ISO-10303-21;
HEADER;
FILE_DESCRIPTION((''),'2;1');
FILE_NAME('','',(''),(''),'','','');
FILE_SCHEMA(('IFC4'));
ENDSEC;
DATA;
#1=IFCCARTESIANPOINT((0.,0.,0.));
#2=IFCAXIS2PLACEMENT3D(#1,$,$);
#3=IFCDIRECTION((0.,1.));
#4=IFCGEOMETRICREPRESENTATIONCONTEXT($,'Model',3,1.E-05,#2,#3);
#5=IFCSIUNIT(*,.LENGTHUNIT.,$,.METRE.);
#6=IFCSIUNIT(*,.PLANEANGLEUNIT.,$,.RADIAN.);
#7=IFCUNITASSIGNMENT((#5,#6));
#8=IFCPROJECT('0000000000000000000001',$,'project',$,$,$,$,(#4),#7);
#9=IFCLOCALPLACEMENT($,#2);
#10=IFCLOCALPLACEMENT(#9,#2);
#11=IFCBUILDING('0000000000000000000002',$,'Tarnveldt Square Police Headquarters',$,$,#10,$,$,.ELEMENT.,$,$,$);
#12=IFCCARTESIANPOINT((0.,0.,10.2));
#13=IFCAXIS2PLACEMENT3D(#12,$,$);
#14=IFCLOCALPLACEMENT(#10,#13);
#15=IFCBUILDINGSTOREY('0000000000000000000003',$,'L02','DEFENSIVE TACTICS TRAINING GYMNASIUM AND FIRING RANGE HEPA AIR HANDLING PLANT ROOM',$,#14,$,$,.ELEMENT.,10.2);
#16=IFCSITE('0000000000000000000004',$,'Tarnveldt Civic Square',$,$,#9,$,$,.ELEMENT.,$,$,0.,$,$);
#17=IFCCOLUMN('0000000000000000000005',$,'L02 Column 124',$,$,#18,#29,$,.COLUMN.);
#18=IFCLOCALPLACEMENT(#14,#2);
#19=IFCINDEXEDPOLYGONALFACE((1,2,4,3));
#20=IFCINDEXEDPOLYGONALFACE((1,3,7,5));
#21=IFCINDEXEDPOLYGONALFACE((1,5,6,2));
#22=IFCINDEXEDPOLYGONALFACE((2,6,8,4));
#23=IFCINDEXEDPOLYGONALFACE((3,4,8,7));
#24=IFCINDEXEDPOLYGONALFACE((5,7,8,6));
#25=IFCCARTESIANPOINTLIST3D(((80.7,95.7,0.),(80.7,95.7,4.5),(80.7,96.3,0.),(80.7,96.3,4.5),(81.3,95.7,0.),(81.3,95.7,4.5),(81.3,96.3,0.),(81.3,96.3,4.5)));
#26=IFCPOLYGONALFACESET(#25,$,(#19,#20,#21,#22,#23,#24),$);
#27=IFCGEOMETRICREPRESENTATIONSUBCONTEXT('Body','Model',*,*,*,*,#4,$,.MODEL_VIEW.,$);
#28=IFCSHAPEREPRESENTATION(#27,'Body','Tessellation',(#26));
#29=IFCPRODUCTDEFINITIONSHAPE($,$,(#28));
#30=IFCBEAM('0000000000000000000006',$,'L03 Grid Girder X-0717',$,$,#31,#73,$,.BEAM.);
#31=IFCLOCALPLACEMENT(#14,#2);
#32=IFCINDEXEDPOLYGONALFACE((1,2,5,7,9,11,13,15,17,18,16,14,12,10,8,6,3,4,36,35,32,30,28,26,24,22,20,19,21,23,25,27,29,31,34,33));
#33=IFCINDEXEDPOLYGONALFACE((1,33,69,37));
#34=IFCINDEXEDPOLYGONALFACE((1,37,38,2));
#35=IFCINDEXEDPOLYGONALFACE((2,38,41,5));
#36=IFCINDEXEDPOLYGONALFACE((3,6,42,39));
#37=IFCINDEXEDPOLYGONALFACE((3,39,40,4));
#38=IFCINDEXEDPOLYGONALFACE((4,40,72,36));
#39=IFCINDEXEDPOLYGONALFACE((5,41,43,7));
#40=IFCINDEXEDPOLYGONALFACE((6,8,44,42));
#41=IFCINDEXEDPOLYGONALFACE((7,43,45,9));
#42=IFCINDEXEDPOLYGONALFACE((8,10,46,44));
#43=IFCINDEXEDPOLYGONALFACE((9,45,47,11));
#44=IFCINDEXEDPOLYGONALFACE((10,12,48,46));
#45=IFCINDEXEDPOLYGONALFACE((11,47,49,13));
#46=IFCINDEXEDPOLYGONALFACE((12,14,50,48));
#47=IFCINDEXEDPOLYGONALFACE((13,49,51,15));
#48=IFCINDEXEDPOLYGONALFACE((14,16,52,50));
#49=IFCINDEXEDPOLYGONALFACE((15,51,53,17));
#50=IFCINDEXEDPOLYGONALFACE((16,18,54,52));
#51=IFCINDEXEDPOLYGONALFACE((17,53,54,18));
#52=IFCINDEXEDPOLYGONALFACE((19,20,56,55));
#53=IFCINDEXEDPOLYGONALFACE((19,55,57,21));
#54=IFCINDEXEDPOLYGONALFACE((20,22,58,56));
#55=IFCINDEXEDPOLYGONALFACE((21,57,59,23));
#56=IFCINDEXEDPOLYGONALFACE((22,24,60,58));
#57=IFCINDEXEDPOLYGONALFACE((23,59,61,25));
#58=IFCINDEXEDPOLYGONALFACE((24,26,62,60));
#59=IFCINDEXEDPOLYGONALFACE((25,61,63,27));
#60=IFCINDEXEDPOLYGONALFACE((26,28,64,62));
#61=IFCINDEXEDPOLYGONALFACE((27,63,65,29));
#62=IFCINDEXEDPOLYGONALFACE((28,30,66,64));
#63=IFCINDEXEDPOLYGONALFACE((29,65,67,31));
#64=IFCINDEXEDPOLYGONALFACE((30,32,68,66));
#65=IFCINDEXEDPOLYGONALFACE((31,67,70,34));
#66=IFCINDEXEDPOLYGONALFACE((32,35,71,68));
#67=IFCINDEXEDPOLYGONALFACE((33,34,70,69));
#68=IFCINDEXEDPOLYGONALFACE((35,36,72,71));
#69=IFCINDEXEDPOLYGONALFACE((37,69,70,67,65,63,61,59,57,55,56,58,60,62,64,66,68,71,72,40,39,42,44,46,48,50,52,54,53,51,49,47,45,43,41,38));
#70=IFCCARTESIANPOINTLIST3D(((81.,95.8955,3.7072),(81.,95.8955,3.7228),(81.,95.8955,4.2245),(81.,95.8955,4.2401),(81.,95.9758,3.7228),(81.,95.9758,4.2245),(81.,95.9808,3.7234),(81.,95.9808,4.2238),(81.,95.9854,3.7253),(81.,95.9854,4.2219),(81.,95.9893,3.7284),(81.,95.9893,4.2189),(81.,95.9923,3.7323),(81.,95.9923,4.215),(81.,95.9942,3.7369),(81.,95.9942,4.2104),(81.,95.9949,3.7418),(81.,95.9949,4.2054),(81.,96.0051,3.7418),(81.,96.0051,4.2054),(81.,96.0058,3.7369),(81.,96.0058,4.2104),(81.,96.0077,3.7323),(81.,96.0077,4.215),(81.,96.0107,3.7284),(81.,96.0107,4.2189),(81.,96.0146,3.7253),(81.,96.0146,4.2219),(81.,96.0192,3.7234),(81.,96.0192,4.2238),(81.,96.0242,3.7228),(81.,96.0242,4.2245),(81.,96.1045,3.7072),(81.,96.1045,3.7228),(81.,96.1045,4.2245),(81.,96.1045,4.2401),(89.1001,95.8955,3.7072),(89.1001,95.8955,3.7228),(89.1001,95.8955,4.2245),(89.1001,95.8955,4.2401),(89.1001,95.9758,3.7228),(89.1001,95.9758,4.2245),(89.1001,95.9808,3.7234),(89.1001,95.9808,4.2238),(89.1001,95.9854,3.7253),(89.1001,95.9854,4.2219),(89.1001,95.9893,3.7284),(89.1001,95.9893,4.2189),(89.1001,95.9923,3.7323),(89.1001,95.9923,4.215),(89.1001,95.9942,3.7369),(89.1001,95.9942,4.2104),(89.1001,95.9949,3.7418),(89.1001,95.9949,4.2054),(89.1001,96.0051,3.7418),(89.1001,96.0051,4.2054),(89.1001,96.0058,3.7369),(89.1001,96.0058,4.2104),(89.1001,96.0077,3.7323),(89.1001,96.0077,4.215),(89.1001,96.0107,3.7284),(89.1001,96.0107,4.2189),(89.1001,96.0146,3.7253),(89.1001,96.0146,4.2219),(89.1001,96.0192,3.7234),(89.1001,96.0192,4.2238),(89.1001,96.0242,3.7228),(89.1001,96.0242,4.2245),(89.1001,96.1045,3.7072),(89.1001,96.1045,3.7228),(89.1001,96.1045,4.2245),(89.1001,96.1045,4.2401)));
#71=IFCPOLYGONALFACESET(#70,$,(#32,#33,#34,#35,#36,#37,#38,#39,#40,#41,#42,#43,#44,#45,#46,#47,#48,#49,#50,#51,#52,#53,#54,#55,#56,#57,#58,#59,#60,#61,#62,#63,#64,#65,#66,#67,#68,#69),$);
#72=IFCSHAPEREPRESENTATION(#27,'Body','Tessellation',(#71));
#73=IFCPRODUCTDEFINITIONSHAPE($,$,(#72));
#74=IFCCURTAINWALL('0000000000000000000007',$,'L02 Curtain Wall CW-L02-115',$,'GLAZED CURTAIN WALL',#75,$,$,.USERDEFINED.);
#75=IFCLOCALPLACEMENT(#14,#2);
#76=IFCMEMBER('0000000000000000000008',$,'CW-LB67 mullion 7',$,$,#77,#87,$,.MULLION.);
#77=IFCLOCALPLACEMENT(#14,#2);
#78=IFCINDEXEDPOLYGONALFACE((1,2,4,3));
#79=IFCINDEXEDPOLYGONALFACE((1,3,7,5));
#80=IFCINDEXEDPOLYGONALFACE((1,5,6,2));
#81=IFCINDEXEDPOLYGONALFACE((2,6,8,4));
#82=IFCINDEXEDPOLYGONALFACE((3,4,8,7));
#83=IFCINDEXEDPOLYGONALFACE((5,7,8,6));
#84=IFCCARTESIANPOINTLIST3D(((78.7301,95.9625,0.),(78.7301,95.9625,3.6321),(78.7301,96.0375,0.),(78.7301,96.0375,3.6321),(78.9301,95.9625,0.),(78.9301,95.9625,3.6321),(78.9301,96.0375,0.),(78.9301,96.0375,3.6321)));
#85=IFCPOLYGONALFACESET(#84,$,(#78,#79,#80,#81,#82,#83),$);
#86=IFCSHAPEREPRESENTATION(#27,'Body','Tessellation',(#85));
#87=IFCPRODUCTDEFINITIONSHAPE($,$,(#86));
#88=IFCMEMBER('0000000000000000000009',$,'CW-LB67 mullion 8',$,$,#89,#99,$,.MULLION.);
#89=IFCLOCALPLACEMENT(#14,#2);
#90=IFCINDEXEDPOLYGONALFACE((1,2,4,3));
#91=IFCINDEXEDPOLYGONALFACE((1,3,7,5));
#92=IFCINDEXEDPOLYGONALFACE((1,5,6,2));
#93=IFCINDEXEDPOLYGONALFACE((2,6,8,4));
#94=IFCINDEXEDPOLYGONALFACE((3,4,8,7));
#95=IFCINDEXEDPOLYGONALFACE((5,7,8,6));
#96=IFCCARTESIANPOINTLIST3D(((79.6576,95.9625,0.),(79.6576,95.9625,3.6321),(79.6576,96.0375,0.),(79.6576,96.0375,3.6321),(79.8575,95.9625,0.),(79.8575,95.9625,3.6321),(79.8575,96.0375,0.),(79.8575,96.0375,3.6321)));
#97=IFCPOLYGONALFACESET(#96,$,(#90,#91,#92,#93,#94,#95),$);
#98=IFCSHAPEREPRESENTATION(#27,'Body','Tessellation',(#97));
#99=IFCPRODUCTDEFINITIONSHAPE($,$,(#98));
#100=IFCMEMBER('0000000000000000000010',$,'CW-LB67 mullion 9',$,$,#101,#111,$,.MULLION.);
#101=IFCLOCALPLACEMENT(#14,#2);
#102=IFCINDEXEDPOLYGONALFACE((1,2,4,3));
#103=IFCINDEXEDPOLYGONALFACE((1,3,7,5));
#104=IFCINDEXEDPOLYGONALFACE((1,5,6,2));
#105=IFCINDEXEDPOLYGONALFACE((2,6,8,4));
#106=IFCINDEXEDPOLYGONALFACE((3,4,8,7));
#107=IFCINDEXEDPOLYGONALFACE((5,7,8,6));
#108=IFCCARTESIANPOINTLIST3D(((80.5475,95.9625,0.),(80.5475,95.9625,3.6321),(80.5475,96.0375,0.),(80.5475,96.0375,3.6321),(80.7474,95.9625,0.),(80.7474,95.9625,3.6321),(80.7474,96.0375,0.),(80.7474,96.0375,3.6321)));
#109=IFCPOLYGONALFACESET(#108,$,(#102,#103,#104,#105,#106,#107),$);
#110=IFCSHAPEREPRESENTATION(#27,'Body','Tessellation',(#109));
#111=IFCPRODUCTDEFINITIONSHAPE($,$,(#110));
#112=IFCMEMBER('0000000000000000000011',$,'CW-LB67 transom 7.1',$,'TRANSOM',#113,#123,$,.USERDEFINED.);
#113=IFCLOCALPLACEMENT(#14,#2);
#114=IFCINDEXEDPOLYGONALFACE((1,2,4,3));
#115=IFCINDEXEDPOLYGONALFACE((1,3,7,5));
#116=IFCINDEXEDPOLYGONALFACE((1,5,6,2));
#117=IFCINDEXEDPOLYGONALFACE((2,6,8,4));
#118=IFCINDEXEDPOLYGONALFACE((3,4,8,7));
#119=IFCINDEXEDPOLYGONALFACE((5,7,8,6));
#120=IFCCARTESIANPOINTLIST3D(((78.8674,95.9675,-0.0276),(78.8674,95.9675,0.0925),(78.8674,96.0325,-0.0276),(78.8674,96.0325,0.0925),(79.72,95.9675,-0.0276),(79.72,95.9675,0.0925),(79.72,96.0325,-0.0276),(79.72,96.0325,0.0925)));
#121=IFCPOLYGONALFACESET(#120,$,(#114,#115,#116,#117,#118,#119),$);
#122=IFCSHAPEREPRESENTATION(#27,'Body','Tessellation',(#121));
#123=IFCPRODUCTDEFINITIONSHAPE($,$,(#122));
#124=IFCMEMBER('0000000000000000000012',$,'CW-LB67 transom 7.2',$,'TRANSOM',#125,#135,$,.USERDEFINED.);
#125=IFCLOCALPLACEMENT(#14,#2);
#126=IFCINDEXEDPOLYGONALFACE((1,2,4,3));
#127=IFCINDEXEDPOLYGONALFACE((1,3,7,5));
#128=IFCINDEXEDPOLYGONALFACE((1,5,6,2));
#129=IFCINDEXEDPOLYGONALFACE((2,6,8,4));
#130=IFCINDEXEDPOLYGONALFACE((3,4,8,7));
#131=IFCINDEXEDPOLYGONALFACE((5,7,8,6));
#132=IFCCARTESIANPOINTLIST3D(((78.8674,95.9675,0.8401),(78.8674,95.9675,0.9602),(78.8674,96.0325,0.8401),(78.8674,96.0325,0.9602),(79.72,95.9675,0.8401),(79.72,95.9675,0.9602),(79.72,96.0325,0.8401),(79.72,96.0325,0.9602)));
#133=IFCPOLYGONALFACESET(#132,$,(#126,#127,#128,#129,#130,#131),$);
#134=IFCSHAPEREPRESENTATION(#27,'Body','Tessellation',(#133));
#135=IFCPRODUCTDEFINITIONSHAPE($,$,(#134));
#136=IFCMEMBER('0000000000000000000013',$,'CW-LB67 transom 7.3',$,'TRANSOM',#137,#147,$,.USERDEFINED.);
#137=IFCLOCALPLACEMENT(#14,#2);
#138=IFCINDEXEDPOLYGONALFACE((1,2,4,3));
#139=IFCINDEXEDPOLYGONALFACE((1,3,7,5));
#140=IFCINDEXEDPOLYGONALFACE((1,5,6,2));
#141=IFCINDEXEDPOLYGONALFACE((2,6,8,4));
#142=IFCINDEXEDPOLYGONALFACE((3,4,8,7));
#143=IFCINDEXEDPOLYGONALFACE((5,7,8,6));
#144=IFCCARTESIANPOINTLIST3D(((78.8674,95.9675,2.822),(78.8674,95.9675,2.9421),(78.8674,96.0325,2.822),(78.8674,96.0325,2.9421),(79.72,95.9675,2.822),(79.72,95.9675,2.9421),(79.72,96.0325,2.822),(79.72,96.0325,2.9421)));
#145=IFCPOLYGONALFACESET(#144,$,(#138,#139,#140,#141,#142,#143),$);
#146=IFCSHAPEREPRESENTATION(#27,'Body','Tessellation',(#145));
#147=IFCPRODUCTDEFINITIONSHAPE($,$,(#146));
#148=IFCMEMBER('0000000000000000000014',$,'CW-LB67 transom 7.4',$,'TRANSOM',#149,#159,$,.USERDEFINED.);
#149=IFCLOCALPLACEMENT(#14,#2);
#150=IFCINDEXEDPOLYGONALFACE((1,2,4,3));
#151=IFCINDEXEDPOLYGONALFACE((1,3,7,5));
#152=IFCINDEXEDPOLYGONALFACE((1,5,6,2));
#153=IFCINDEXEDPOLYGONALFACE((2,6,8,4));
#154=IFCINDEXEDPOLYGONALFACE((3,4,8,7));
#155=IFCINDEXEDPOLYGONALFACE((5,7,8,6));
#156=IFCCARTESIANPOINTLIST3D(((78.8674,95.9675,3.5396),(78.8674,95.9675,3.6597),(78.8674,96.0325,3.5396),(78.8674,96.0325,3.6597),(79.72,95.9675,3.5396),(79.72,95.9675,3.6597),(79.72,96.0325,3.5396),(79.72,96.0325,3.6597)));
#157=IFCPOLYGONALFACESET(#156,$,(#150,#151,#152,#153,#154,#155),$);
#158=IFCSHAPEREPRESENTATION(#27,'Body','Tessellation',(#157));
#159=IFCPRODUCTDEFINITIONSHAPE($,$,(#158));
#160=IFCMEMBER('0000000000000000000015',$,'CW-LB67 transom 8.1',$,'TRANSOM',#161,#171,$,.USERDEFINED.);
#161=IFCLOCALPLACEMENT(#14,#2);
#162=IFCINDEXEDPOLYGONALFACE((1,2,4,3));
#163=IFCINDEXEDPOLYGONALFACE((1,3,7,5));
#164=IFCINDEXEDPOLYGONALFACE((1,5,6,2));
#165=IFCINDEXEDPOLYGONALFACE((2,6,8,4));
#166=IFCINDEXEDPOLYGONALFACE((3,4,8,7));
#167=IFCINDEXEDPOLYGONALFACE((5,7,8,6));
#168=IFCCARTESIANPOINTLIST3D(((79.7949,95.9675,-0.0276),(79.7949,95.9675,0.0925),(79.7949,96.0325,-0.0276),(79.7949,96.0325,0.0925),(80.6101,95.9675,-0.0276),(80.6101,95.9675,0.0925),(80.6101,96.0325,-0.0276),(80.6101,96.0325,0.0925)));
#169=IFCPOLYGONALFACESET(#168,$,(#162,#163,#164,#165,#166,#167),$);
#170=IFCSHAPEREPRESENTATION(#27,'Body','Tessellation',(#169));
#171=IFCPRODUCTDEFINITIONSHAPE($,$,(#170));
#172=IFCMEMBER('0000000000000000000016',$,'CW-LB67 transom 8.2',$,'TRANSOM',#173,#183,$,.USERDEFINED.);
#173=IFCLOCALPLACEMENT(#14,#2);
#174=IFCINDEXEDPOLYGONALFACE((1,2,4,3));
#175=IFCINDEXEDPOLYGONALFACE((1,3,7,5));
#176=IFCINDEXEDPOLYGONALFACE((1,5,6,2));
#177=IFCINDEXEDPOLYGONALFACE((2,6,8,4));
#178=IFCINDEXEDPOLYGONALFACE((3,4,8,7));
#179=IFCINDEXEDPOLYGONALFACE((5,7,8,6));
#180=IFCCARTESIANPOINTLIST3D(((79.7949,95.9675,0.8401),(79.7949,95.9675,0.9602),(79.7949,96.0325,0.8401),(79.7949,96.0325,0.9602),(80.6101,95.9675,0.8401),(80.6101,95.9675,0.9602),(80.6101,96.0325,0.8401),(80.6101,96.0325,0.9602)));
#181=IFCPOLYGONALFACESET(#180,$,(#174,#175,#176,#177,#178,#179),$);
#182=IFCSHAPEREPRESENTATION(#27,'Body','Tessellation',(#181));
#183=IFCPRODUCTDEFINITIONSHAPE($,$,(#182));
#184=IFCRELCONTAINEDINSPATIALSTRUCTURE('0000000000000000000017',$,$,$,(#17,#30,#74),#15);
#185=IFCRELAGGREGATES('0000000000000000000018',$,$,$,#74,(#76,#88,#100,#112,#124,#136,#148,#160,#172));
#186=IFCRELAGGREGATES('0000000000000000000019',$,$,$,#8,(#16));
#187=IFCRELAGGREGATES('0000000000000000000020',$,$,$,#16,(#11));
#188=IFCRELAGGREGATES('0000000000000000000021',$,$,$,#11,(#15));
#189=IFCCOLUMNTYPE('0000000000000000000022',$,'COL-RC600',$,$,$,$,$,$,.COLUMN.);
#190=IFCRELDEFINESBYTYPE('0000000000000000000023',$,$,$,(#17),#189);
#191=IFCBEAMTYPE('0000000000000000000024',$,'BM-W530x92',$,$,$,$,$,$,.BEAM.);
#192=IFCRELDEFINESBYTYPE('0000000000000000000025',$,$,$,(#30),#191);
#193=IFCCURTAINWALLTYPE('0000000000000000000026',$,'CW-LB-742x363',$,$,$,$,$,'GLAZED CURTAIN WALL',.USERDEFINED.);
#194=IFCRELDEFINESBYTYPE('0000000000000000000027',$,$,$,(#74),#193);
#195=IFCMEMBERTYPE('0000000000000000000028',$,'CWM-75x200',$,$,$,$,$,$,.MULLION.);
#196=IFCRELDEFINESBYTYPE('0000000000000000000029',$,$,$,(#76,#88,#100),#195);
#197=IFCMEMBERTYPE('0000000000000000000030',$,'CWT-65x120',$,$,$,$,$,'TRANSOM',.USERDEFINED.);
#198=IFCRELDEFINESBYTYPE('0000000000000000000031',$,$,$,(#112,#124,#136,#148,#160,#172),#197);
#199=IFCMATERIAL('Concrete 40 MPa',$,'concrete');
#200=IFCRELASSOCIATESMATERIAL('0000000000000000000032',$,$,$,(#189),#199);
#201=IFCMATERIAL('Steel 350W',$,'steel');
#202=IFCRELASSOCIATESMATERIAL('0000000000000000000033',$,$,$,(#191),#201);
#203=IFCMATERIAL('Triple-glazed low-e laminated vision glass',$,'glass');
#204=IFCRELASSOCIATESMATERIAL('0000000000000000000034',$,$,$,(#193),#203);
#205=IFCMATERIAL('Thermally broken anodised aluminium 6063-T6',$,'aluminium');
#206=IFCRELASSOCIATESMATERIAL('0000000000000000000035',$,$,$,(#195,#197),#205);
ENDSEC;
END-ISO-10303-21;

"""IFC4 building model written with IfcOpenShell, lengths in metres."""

from ifc_helpers import new_model, si_unit, direction, frame, origin, origin_2d, place, context, subcontext, project, spatial, rectangle, i_section, extrude, material, material_profile, profile_set, type_object, element, aggregate, save


model = new_model("IFC4")

# Units and contexts
model_context = context("Model", 3, precision=1e-05, world=origin(), true_north=direction((0.0, 1.0)))
body_context = subcontext(model_context, "Body", "Model", "MODEL_VIEW")
ifc_project = project(units=[si_unit("LENGTHUNIT", "METRE"), si_unit("PLANEANGLEUNIT", "RADIAN")], contexts=[model_context])

# Site, building, storey
site_placement = place(None, origin())
site = spatial("IfcSite", under=ifc_project, at=site_placement, Name="Tarnveldt Civic Square", CompositionType="ELEMENT", RefElevation=0.0)
building_placement = place(site_placement, origin())
building = spatial("IfcBuilding", under=site, at=building_placement, Name="Tarnveldt Square Police Headquarters", CompositionType="ELEMENT")
storey_placement = place(building_placement, frame((0.0, 0.0, 10.2)))
storey = spatial("IfcBuildingStorey", under=building, at=storey_placement, Name="L02", Description="DEFENSIVE TACTICS TRAINING GYMNASIUM AND FIRING RANGE HEPA AIR HANDLING PLANT ROOM", CompositionType="ELEMENT", Elevation=10.2)

# Column
ifc_material_1 = material(Name="Concrete 40 MPa", Category="concrete")
ifc_material_profile_1 = material_profile(ifc_material_1, rectangle(XDim=0.6001, YDim=0.6001, at=origin_2d()), Name="RC-C600x600")
ifc_profile_set_1 = profile_set([ifc_material_profile_1], Name="Concrete 40 MPa")
column_type = type_object("IfcColumnType", Name="COL-RC600", PredefinedType="COLUMN", material=ifc_profile_set_1)
column_placement = place(storey_placement, frame((81.0, 96.0, 0.0), z_axis=(0.0, 0.0, 1.0), x_axis=(1.0, 0.0, 0.0)))
element("IfcColumn", 1, at=column_placement, inside=storey, type_object=column_type, Name="L02 Column 124", PredefinedType="COLUMN", context=body_context, shape_type="SweptSolid", body=[
    extrude(rectangle(XDim=0.6001, YDim=0.6001, at=origin_2d()), origin(), (0.0, 0.0, 1.0), 4.5),
])

# Beam
ifc_material_2 = material(Name="Steel 350W", Category="steel")
ifc_material_profile_2 = material_profile(ifc_material_2, i_section(OverallWidth=0.209, OverallDepth=0.533, WebThickness=0.0103, FlangeThickness=0.0156, FilletRadius=0.019, at=origin_2d()), Name="W530x92")
ifc_profile_set_2 = profile_set([ifc_material_profile_2], Name="Steel 350W")
beam_type = type_object("IfcBeamType", Name="BM-W530x92", PredefinedType="BEAM", material=ifc_profile_set_2)
beam_placement = place(storey_placement, frame((81.0, 96.0, 3.9736), z_axis=(1.0, 0.0, 0.0), x_axis=(0.0, 1.0, 0.0)))
element("IfcBeam", 2, at=beam_placement, inside=storey, type_object=beam_type, Name="L03 Grid Girder X-0717", PredefinedType="BEAM", context=body_context, shape_type="SweptSolid", body=[
    extrude(i_section(OverallWidth=0.209, OverallDepth=0.533, WebThickness=0.0103, FlangeThickness=0.0156, FilletRadius=0.019, at=origin_2d()), origin(), (0.0, 0.0, 1.0), 8.1001),
])

# Curtain wall, members
ifc_material_3 = material(Name="Triple-glazed low-e laminated vision glass", Category="glass")
curtain_wall_type = type_object("IfcCurtainWallType", Name="CW-LB-742x363", ElementType="GLAZED CURTAIN WALL", PredefinedType="USERDEFINED", material=ifc_material_3)
curtain_wall_placement = place(storey_placement, origin())
curtain_wall = element("IfcCurtainWall", 3, at=curtain_wall_placement, inside=storey, type_object=curtain_wall_type, Name="L02 Curtain Wall CW-L02-115", ObjectType="GLAZED CURTAIN WALL", PredefinedType="USERDEFINED")
ifc_material_4 = material(Name="Thermally broken anodised aluminium 6063-T6", Category="aluminium")
ifc_material_profile_3 = material_profile(ifc_material_4, rectangle(XDim=0.075, YDim=0.2, at=origin_2d()), Name="CW-M75x200")
ifc_profile_set_3 = profile_set([ifc_material_profile_3], Name="Thermally broken anodised aluminium 6063-T6")
member_type_1 = type_object("IfcMemberType", Name="CWM-75x200", PredefinedType="MULLION", material=ifc_profile_set_3)
member_1_placement = place(storey_placement, frame((78.8301, 96.0, 0.0), z_axis=(0.0, 0.0, 1.0), x_axis=(0.0, 1.0, 0.0)))
member_1 = element("IfcMember", 4, at=member_1_placement, type_object=member_type_1, Name="CW-LB67 mullion 7", PredefinedType="MULLION", context=body_context, shape_type="SweptSolid", body=[
    extrude(rectangle(XDim=0.075, YDim=0.2, at=origin_2d()), origin(), (0.0, 0.0, 1.0), 3.6321),
])
member_2_placement = place(storey_placement, frame((79.7576, 96.0, 0.0), z_axis=(0.0, 0.0, 1.0), x_axis=(0.0, 1.0, 0.0)))
member_2 = element("IfcMember", 5, at=member_2_placement, type_object=member_type_1, Name="CW-LB67 mullion 8", PredefinedType="MULLION", context=body_context, shape_type="SweptSolid", body=[
    extrude(rectangle(XDim=0.075, YDim=0.2, at=origin_2d()), origin(), (0.0, 0.0, 1.0), 3.6321),
])
member_3_placement = place(storey_placement, frame((80.6475, 96.0, 0.0), z_axis=(0.0, 0.0, 1.0), x_axis=(0.0, 1.0, 0.0)))
member_3 = element("IfcMember", 6, at=member_3_placement, type_object=member_type_1, Name="CW-LB67 mullion 9", PredefinedType="MULLION", context=body_context, shape_type="SweptSolid", body=[
    extrude(rectangle(XDim=0.075, YDim=0.2, at=origin_2d()), origin(), (0.0, 0.0, 1.0), 3.6321),
])
ifc_material_profile_4 = material_profile(ifc_material_4, rectangle(XDim=0.0649, YDim=0.1201, at=origin_2d()), Name="CW-T65x120")
ifc_profile_set_4 = profile_set([ifc_material_profile_4], Name="Thermally broken anodised aluminium 6063-T6")
member_type_2 = type_object("IfcMemberType", Name="CWT-65x120", ElementType="TRANSOM", PredefinedType="USERDEFINED", material=ifc_profile_set_4)
member_4_placement = place(storey_placement, frame((78.8674, 96.0, 0.0325), z_axis=(1.0, 0.0, 0.0), x_axis=(0.0, 1.0, 0.0)))
member_4 = element("IfcMember", 7, at=member_4_placement, type_object=member_type_2, Name="CW-LB67 transom 7.1", ObjectType="TRANSOM", PredefinedType="USERDEFINED", context=body_context, shape_type="SweptSolid", body=[
    extrude(rectangle(XDim=0.0649, YDim=0.1201, at=origin_2d()), origin(), (0.0, 0.0, 1.0), 0.8525),
])
member_5_placement = place(storey_placement, frame((78.8674, 96.0, 0.9001), z_axis=(1.0, 0.0, 0.0), x_axis=(0.0, 1.0, 0.0)))
member_5 = element("IfcMember", 8, at=member_5_placement, type_object=member_type_2, Name="CW-LB67 transom 7.2", ObjectType="TRANSOM", PredefinedType="USERDEFINED", context=body_context, shape_type="SweptSolid", body=[
    extrude(rectangle(XDim=0.0649, YDim=0.1201, at=origin_2d()), origin(), (0.0, 0.0, 1.0), 0.8525),
])
member_6_placement = place(storey_placement, frame((78.8674, 96.0, 2.8821), z_axis=(1.0, 0.0, 0.0), x_axis=(0.0, 1.0, 0.0)))
member_6 = element("IfcMember", 9, at=member_6_placement, type_object=member_type_2, Name="CW-LB67 transom 7.3", ObjectType="TRANSOM", PredefinedType="USERDEFINED", context=body_context, shape_type="SweptSolid", body=[
    extrude(rectangle(XDim=0.0649, YDim=0.1201, at=origin_2d()), origin(), (0.0, 0.0, 1.0), 0.8525),
])
member_7_placement = place(storey_placement, frame((78.8674, 96.0, 3.5996), z_axis=(1.0, 0.0, 0.0), x_axis=(0.0, 1.0, 0.0)))
member_7 = element("IfcMember", 10, at=member_7_placement, type_object=member_type_2, Name="CW-LB67 transom 7.4", ObjectType="TRANSOM", PredefinedType="USERDEFINED", context=body_context, shape_type="SweptSolid", body=[
    extrude(rectangle(XDim=0.0649, YDim=0.1201, at=origin_2d()), origin(), (0.0, 0.0, 1.0), 0.8525),
])
member_8_placement = place(storey_placement, frame((79.7949, 96.0, 0.0325), z_axis=(1.0, 0.0, 0.0), x_axis=(0.0, 1.0, 0.0)))
member_8 = element("IfcMember", 11, at=member_8_placement, type_object=member_type_2, Name="CW-LB67 transom 8.1", ObjectType="TRANSOM", PredefinedType="USERDEFINED", context=body_context, shape_type="SweptSolid", body=[
    extrude(rectangle(XDim=0.0649, YDim=0.1201, at=origin_2d()), origin(), (0.0, 0.0, 1.0), 0.8152),
])
member_9_placement = place(storey_placement, frame((79.7949, 96.0, 0.9001), z_axis=(1.0, 0.0, 0.0), x_axis=(0.0, 1.0, 0.0)))
member_9 = element("IfcMember", 12, at=member_9_placement, type_object=member_type_2, Name="CW-LB67 transom 8.2", ObjectType="TRANSOM", PredefinedType="USERDEFINED", context=body_context, shape_type="SweptSolid", body=[
    extrude(rectangle(XDim=0.0649, YDim=0.1201, at=origin_2d()), origin(), (0.0, 0.0, 1.0), 0.8152),
])
aggregate(curtain_wall, [member_1, member_2, member_3, member_4, member_5, member_6, member_7, member_8, member_9])

save(model, "model.ifc")
